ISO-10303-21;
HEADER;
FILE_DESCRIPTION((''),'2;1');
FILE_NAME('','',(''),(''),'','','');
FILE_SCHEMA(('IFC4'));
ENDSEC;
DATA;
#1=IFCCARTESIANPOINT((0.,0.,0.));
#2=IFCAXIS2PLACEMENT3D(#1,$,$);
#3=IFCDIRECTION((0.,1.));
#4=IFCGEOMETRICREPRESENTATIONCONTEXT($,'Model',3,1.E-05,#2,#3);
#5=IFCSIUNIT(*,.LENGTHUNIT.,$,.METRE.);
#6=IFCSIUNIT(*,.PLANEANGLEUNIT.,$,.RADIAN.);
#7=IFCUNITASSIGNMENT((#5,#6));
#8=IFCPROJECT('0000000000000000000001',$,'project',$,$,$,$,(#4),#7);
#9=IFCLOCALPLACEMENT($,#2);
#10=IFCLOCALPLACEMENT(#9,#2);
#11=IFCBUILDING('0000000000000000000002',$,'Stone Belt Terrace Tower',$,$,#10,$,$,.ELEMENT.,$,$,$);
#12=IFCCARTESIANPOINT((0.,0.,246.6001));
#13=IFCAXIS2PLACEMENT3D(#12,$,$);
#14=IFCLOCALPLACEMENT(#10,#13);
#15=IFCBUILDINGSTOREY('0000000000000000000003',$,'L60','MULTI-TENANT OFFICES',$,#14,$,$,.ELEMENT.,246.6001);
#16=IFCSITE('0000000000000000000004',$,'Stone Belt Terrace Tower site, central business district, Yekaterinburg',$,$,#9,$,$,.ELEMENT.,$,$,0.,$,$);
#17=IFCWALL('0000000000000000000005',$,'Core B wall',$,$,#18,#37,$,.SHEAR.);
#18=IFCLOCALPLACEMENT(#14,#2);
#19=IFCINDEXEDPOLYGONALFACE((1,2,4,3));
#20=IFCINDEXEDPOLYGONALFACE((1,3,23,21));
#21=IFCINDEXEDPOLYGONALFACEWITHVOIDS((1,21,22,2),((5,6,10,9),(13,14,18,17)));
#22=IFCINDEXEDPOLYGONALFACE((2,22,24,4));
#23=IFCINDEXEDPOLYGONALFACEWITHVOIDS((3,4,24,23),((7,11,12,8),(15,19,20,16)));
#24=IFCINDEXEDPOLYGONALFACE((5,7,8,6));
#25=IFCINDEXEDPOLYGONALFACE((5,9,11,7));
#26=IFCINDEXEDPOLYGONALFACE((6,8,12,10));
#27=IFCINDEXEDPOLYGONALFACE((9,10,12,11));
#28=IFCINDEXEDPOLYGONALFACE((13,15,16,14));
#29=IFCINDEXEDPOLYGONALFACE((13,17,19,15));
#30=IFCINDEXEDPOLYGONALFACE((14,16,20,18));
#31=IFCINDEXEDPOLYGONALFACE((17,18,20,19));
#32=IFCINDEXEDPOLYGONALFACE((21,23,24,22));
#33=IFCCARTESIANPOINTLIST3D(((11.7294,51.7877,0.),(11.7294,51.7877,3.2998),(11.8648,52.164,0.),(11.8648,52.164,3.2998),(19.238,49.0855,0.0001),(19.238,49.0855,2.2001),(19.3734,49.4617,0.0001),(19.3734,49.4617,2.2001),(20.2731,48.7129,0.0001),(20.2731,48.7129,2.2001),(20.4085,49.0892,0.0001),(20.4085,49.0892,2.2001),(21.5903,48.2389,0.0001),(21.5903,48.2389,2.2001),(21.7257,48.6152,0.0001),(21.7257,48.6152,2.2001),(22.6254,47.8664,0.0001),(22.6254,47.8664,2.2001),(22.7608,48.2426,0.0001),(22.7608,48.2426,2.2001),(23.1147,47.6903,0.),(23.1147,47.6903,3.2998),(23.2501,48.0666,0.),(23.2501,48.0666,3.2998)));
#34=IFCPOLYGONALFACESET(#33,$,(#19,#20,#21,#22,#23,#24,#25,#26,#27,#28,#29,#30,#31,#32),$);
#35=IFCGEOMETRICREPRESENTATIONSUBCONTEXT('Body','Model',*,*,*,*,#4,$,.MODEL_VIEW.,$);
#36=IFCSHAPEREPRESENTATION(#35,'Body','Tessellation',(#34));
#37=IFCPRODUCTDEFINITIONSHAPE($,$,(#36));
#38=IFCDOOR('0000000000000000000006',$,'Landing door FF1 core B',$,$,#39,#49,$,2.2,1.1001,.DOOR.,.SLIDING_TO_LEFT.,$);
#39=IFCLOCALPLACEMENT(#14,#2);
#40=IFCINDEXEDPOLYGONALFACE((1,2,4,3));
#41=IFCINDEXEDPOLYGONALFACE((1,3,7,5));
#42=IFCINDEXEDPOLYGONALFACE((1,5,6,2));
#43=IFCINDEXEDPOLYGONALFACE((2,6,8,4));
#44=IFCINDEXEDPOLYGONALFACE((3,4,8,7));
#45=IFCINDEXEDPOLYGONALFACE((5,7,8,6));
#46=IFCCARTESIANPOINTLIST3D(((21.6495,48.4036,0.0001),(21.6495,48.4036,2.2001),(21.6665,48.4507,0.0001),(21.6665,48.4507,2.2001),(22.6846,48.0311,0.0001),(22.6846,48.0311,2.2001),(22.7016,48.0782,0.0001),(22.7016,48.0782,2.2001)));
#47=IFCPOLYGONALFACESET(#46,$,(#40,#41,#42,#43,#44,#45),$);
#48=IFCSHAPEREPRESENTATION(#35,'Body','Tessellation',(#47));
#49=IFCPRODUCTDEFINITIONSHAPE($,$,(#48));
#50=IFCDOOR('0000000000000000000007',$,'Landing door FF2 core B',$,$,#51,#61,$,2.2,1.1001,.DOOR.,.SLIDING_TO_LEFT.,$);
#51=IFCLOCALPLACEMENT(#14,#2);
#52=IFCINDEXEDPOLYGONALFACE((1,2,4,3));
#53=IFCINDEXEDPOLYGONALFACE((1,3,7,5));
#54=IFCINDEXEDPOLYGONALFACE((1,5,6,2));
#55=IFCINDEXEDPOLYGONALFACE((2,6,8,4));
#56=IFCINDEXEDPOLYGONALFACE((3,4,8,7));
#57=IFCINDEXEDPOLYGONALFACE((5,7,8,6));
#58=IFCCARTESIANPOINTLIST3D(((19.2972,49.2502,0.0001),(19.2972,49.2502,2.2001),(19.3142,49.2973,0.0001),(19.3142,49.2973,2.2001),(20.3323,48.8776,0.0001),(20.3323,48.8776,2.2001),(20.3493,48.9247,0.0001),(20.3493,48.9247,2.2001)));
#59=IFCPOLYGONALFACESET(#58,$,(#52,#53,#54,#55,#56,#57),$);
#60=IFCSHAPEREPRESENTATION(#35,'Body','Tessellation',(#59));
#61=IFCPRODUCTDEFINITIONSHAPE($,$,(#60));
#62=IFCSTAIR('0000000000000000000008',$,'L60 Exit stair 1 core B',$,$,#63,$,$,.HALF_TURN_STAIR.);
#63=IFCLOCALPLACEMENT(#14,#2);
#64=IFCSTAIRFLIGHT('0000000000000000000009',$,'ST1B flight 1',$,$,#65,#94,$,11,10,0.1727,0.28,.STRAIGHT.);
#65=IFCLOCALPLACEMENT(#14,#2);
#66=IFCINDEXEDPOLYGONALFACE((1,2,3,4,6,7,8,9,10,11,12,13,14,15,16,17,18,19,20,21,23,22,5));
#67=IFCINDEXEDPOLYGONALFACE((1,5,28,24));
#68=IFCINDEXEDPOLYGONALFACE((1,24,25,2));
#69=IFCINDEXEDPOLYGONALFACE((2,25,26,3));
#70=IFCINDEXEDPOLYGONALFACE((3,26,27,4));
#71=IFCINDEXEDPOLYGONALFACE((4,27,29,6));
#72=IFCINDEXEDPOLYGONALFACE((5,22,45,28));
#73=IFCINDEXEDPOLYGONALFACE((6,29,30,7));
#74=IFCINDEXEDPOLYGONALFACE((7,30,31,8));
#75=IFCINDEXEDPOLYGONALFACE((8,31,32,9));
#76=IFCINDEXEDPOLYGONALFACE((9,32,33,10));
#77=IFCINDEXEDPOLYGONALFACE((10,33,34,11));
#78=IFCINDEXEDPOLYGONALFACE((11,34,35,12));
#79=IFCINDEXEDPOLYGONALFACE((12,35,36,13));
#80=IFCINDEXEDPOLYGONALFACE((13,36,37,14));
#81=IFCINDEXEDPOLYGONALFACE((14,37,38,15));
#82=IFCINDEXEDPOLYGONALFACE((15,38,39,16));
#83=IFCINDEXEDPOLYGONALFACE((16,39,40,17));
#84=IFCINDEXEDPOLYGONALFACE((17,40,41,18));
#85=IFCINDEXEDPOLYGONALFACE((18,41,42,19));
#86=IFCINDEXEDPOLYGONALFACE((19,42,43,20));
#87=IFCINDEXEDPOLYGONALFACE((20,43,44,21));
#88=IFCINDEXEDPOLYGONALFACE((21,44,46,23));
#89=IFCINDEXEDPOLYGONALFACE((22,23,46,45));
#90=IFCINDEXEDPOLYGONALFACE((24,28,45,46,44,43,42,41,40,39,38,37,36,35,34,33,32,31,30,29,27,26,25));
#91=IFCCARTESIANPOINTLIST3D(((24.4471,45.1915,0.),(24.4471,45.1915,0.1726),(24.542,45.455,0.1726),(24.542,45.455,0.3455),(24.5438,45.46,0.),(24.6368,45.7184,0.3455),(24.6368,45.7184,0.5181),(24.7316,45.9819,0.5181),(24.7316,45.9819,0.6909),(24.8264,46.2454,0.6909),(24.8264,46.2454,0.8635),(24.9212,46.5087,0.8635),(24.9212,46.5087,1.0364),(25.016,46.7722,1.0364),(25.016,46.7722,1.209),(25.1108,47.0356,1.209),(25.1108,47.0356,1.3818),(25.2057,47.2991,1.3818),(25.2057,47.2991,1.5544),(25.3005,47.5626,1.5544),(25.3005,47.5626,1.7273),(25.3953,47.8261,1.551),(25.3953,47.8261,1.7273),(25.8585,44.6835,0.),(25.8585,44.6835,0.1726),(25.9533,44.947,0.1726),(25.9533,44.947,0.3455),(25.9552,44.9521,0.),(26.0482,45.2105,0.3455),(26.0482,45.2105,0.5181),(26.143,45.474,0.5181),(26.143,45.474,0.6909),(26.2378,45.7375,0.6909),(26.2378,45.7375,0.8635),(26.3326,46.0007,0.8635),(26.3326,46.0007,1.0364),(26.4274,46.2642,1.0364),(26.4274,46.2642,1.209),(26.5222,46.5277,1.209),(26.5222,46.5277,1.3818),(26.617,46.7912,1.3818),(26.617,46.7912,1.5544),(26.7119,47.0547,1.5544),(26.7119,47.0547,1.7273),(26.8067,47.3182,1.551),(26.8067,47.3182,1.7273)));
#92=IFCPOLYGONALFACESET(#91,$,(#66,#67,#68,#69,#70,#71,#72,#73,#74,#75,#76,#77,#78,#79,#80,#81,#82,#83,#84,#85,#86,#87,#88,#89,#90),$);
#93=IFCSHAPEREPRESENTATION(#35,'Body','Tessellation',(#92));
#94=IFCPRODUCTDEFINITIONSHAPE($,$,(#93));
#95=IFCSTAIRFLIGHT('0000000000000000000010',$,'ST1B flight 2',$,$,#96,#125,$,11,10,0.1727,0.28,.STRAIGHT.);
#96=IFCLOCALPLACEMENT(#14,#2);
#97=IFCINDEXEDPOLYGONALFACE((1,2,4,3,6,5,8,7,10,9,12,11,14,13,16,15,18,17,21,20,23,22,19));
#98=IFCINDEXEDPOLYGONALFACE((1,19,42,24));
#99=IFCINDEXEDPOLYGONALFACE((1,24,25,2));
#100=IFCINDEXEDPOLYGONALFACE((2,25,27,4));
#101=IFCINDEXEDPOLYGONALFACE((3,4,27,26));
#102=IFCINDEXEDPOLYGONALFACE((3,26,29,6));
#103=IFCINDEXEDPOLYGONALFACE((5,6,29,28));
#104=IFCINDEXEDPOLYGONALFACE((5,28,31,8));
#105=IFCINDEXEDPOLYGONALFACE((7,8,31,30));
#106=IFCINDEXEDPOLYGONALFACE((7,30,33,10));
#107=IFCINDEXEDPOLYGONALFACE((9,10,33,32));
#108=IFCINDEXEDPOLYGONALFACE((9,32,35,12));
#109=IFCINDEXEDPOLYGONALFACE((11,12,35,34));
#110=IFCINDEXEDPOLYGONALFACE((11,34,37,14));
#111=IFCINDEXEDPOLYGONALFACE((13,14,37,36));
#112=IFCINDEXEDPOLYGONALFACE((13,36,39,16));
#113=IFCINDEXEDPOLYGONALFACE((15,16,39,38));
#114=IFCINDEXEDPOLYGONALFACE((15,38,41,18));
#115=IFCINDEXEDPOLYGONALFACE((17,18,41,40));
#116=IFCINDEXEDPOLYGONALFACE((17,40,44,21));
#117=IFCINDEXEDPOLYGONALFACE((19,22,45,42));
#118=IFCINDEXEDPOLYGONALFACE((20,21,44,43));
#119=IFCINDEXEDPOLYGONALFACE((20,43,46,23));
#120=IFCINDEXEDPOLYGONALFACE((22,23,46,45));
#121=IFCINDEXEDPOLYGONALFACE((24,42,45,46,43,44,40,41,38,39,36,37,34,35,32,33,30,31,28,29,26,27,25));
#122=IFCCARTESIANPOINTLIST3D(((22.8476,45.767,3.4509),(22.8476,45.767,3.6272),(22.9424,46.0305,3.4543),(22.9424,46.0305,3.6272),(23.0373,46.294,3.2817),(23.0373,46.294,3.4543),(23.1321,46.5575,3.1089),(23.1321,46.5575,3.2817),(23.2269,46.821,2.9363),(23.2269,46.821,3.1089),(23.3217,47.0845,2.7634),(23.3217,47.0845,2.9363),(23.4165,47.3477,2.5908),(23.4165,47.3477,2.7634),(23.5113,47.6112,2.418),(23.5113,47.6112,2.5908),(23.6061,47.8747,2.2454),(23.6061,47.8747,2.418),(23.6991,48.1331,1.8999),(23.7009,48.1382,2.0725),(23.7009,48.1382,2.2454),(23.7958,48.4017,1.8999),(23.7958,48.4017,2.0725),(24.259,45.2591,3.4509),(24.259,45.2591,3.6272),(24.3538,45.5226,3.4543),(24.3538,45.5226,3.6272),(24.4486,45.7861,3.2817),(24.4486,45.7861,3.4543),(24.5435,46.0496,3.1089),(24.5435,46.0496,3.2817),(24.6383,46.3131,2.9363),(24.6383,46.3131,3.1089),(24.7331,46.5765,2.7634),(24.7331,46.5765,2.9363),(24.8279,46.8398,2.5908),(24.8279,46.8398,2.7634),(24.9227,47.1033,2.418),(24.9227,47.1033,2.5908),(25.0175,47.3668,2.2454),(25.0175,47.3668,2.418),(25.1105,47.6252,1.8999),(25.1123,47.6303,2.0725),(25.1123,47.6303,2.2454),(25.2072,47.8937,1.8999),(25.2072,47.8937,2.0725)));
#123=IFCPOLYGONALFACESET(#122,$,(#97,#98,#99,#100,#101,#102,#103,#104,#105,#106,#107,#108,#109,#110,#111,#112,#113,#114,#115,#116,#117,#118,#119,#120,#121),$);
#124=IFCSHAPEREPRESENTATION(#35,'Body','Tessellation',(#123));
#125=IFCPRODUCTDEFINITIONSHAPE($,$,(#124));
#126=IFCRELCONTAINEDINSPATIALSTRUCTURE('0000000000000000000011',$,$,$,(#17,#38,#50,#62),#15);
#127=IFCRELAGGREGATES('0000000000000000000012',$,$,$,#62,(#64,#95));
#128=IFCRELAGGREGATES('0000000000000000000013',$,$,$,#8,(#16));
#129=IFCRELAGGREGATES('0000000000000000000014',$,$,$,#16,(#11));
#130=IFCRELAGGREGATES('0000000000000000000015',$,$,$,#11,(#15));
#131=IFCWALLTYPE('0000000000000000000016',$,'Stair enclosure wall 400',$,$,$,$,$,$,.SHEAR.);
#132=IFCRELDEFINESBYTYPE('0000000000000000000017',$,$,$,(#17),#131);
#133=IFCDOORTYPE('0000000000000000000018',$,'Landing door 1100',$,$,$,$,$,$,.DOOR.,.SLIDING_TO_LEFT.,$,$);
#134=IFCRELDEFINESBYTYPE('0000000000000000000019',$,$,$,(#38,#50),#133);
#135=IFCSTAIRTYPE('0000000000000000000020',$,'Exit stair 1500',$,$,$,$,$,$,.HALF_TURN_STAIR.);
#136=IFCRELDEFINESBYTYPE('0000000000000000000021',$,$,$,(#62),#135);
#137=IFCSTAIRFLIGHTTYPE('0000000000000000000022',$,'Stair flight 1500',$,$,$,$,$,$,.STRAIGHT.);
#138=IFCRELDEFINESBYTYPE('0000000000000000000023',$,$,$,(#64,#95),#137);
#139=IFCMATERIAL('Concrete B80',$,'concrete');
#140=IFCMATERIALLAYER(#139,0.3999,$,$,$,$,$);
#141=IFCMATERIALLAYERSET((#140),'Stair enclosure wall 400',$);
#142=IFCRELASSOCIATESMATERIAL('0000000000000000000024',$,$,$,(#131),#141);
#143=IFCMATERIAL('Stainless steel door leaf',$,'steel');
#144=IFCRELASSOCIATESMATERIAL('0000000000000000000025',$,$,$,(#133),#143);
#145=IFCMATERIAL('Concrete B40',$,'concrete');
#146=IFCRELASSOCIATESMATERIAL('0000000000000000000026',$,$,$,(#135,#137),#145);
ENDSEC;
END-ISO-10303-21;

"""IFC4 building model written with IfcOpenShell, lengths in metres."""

from ifc_helpers import new_model, si_unit, direction, frame, frame_2d, origin, place, context, subcontext, project, spatial, polyline, rectangle, outline, extrude, material, layer, layer_set, type_object, element, fill, aggregate, save


model = new_model("IFC4")

# Units and contexts
model_context = context("Model", 3, precision=1e-05, world=origin(), true_north=direction((0.0, 1.0)))
body_context = subcontext(model_context, "Body", "Model", "MODEL_VIEW")
ifc_project = project(units=[si_unit("LENGTHUNIT", "METRE"), si_unit("PLANEANGLEUNIT", "RADIAN")], contexts=[model_context])

# Site, building, storey
site_placement = place(None, origin())
site = spatial("IfcSite", under=ifc_project, at=site_placement, Name="Stone Belt Terrace Tower site, central business district, Yekaterinburg", CompositionType="ELEMENT", RefElevation=0.0)
building_placement = place(site_placement, origin())
building = spatial("IfcBuilding", under=site, at=building_placement, Name="Stone Belt Terrace Tower", CompositionType="ELEMENT")
storey_placement = place(building_placement, frame((0.0, 0.0, 246.6001)))
storey = spatial("IfcBuildingStorey", under=building, at=storey_placement, Name="L60", Description="MULTI-TENANT OFFICES", CompositionType="ELEMENT", Elevation=246.6001)

# Shared definitions
ifc_material_1 = material(Name="Concrete B80", Category="concrete")

# Wall, openings, doors
ifc_layer_1 = layer(ifc_material_1, 0.3999)
ifc_layer_set_1 = layer_set([ifc_layer_1], Name="Stair enclosure wall 400")
wall_type_1 = type_object("IfcWallType", Name="Stair enclosure wall 400", PredefinedType="SHEAR", material=ifc_layer_set_1)
wall_1_placement = place(storey_placement, frame((23.1824, 47.8784, 0.0), z_axis=(0.0, 0.0, 1.0), x_axis=(-0.940921, 0.338626, 0.0)))
wall_1 = element("IfcWall", 1, at=wall_1_placement, inside=storey, type_object=wall_type_1, Name="Core B wall", PredefinedType="SHEAR", context=body_context, shape_type="SweptSolid", body=[
    extrude(rectangle(XDim=12.1001, YDim=0.3999, at=frame_2d((6.05, 0.0))), origin(), (0.0, 0.0, 1.0), 3.2998),
])
opening_1_placement = place(wall_1_placement, frame((0.52, 0.0, 0.0)))
opening_1 = element("IfcOpeningElement", 2, at=opening_1_placement, cuts=wall_1, PredefinedType="OPENING", context=body_context, shape_type="SweptSolid", body=[
    extrude(rectangle(XDim=1.1001, YDim=2.2, at=frame_2d((0.55, 1.1001))), frame((0.0, 0.21, 0.0), z_axis=(0.0, -1.0, 0.0), x_axis=(1.0, 0.0, 0.0)), (0.0, 0.0, 1.0), 0.4199),
])
opening_2_placement = place(wall_1_placement, frame((3.02, 0.0, 0.0)))
opening_2 = element("IfcOpeningElement", 3, at=opening_2_placement, cuts=wall_1, PredefinedType="OPENING", context=body_context, shape_type="SweptSolid", body=[
    extrude(rectangle(XDim=1.1001, YDim=2.2, at=frame_2d((0.55, 1.1001))), frame((0.0, 0.21, 0.0), z_axis=(0.0, -1.0, 0.0), x_axis=(1.0, 0.0, 0.0)), (0.0, 0.0, 1.0), 0.4199),
])
ifc_material_2 = material(Name="Stainless steel door leaf", Category="steel")
door_type_1 = type_object("IfcDoorType", Name="Landing door 1100", OperationType="SLIDING_TO_LEFT", PredefinedType="DOOR", material=ifc_material_2)
door_1_placement = place(opening_1_placement, origin())
door_1 = element("IfcDoor", 4, at=door_1_placement, inside=storey, type_object=door_type_1, Name="Landing door FF1 core B", OperationType="SLIDING_TO_LEFT", OverallHeight=2.2, OverallWidth=1.1001, PredefinedType="DOOR", context=body_context, shape_type="SweptSolid", body=[
    extrude(rectangle(XDim=1.1001, YDim=2.2, at=frame_2d((0.55, 1.1001))), frame((0.0, 0.0249, 0.0), z_axis=(0.0, -1.0, 0.0), x_axis=(1.0, 0.0, 0.0)), (0.0, 0.0, 1.0), 0.05),
])
fill(opening_1, door_1)
door_2_placement = place(opening_2_placement, origin())
door_2 = element("IfcDoor", 5, at=door_2_placement, inside=storey, type_object=door_type_1, Name="Landing door FF2 core B", OperationType="SLIDING_TO_LEFT", OverallHeight=2.2, OverallWidth=1.1001, PredefinedType="DOOR", context=body_context, shape_type="SweptSolid", body=[
    extrude(rectangle(XDim=1.1001, YDim=2.2, at=frame_2d((0.55, 1.1001))), frame((0.0, 0.0249, 0.0), z_axis=(0.0, -1.0, 0.0), x_axis=(1.0, 0.0, 0.0)), (0.0, 0.0, 1.0), 0.05),
])
fill(opening_2, door_2)

# Stair, stair flights
ifc_material_3 = material(Name="Concrete B40", Category="concrete")
stair_type = type_object("IfcStairType", Name="Exit stair 1500", PredefinedType="HALF_TURN_STAIR", material=ifc_material_3)
stair_placement = place(storey_placement, origin())
stair = element("IfcStair", 6, at=stair_placement, inside=storey, type_object=stair_type, Name="L60 Exit stair 1 core B", PredefinedType="HALF_TURN_STAIR")
stair_flight_type = type_object("IfcStairFlightType", Name="Stair flight 1500", PredefinedType="STRAIGHT", material=ifc_material_3)
stair_flight_1_placement = place(storey_placement, frame((25.1528, 44.9375, 0.0), z_axis=(0.0, 0.0, 1.0), x_axis=(0.338624, 0.940922, 0.0)))
stair_flight_1 = element("IfcStairFlight", 7, at=stair_flight_1_placement, type_object=stair_flight_type, Name="ST1B flight 1", NumberOfRisers=11, NumberOfTreads=10, PredefinedType="STRAIGHT", RiserHeight=0.1727, TreadLength=0.28, context=body_context, shape_type="SweptSolid", body=[
    extrude(outline(polyline([(0.0, 0.0), (0.0, 0.1726), (0.28, 0.1726), (0.28, 0.3455), (0.5601, 0.3455), (0.5601, 0.5181), (0.8401, 0.5181), (0.8401, 0.6909), (1.1201, 0.6909), (1.1201, 0.8635), (1.3999, 0.8635), (1.3999, 1.0364), (1.6799, 1.0364), (1.6799, 1.209), (1.96, 1.209), (1.96, 1.3818), (2.24, 1.3818), (2.24, 1.5544), (2.52, 1.5544), (2.52, 1.7273), (2.8, 1.7273), (2.8, 1.8999), (2.8, 1.551), (0.2854, 0.0), (0.0, 0.0)])), frame((0.0, 0.75, 0.0), z_axis=(0.0, -1.0, 0.0), x_axis=(1.0, 0.0, 0.0)), (0.0, 0.0, 1.0), 1.5),
])
stair_flight_2_placement = place(storey_placement, frame((24.5015, 48.1477, 1.8999), z_axis=(0.0, 0.0, 1.0), x_axis=(-0.338624, -0.940922, 0.0)))
stair_flight_2 = element("IfcStairFlight", 8, at=stair_flight_2_placement, type_object=stair_flight_type, Name="ST1B flight 2", NumberOfRisers=11, NumberOfTreads=10, PredefinedType="STRAIGHT", RiserHeight=0.1727, TreadLength=0.28, context=body_context, shape_type="SweptSolid", body=[
    extrude(outline(polyline([(0.0, 0.0), (0.0, 0.1726), (0.28, 0.1726), (0.28, 0.3455), (0.5601, 0.3455), (0.5601, 0.5181), (0.8401, 0.5181), (0.8401, 0.6909), (1.1201, 0.6909), (1.1201, 0.8635), (1.3999, 0.8635), (1.3999, 1.0364), (1.6799, 1.0364), (1.6799, 1.209), (1.96, 1.209), (1.96, 1.3818), (2.24, 1.3818), (2.24, 1.5544), (2.52, 1.5544), (2.52, 1.7273), (2.8, 1.7273), (2.8, 1.8999), (2.8, 1.551), (0.2854, 0.0), (0.0, 0.0)])), frame((0.0, 0.75, 0.0), z_axis=(0.0, -1.0, 0.0), x_axis=(1.0, 0.0, 0.0)), (0.0, 0.0, 1.0), 1.5),
])
aggregate(stair, [stair_flight_1, stair_flight_2])

save(model, "model.ifc")
